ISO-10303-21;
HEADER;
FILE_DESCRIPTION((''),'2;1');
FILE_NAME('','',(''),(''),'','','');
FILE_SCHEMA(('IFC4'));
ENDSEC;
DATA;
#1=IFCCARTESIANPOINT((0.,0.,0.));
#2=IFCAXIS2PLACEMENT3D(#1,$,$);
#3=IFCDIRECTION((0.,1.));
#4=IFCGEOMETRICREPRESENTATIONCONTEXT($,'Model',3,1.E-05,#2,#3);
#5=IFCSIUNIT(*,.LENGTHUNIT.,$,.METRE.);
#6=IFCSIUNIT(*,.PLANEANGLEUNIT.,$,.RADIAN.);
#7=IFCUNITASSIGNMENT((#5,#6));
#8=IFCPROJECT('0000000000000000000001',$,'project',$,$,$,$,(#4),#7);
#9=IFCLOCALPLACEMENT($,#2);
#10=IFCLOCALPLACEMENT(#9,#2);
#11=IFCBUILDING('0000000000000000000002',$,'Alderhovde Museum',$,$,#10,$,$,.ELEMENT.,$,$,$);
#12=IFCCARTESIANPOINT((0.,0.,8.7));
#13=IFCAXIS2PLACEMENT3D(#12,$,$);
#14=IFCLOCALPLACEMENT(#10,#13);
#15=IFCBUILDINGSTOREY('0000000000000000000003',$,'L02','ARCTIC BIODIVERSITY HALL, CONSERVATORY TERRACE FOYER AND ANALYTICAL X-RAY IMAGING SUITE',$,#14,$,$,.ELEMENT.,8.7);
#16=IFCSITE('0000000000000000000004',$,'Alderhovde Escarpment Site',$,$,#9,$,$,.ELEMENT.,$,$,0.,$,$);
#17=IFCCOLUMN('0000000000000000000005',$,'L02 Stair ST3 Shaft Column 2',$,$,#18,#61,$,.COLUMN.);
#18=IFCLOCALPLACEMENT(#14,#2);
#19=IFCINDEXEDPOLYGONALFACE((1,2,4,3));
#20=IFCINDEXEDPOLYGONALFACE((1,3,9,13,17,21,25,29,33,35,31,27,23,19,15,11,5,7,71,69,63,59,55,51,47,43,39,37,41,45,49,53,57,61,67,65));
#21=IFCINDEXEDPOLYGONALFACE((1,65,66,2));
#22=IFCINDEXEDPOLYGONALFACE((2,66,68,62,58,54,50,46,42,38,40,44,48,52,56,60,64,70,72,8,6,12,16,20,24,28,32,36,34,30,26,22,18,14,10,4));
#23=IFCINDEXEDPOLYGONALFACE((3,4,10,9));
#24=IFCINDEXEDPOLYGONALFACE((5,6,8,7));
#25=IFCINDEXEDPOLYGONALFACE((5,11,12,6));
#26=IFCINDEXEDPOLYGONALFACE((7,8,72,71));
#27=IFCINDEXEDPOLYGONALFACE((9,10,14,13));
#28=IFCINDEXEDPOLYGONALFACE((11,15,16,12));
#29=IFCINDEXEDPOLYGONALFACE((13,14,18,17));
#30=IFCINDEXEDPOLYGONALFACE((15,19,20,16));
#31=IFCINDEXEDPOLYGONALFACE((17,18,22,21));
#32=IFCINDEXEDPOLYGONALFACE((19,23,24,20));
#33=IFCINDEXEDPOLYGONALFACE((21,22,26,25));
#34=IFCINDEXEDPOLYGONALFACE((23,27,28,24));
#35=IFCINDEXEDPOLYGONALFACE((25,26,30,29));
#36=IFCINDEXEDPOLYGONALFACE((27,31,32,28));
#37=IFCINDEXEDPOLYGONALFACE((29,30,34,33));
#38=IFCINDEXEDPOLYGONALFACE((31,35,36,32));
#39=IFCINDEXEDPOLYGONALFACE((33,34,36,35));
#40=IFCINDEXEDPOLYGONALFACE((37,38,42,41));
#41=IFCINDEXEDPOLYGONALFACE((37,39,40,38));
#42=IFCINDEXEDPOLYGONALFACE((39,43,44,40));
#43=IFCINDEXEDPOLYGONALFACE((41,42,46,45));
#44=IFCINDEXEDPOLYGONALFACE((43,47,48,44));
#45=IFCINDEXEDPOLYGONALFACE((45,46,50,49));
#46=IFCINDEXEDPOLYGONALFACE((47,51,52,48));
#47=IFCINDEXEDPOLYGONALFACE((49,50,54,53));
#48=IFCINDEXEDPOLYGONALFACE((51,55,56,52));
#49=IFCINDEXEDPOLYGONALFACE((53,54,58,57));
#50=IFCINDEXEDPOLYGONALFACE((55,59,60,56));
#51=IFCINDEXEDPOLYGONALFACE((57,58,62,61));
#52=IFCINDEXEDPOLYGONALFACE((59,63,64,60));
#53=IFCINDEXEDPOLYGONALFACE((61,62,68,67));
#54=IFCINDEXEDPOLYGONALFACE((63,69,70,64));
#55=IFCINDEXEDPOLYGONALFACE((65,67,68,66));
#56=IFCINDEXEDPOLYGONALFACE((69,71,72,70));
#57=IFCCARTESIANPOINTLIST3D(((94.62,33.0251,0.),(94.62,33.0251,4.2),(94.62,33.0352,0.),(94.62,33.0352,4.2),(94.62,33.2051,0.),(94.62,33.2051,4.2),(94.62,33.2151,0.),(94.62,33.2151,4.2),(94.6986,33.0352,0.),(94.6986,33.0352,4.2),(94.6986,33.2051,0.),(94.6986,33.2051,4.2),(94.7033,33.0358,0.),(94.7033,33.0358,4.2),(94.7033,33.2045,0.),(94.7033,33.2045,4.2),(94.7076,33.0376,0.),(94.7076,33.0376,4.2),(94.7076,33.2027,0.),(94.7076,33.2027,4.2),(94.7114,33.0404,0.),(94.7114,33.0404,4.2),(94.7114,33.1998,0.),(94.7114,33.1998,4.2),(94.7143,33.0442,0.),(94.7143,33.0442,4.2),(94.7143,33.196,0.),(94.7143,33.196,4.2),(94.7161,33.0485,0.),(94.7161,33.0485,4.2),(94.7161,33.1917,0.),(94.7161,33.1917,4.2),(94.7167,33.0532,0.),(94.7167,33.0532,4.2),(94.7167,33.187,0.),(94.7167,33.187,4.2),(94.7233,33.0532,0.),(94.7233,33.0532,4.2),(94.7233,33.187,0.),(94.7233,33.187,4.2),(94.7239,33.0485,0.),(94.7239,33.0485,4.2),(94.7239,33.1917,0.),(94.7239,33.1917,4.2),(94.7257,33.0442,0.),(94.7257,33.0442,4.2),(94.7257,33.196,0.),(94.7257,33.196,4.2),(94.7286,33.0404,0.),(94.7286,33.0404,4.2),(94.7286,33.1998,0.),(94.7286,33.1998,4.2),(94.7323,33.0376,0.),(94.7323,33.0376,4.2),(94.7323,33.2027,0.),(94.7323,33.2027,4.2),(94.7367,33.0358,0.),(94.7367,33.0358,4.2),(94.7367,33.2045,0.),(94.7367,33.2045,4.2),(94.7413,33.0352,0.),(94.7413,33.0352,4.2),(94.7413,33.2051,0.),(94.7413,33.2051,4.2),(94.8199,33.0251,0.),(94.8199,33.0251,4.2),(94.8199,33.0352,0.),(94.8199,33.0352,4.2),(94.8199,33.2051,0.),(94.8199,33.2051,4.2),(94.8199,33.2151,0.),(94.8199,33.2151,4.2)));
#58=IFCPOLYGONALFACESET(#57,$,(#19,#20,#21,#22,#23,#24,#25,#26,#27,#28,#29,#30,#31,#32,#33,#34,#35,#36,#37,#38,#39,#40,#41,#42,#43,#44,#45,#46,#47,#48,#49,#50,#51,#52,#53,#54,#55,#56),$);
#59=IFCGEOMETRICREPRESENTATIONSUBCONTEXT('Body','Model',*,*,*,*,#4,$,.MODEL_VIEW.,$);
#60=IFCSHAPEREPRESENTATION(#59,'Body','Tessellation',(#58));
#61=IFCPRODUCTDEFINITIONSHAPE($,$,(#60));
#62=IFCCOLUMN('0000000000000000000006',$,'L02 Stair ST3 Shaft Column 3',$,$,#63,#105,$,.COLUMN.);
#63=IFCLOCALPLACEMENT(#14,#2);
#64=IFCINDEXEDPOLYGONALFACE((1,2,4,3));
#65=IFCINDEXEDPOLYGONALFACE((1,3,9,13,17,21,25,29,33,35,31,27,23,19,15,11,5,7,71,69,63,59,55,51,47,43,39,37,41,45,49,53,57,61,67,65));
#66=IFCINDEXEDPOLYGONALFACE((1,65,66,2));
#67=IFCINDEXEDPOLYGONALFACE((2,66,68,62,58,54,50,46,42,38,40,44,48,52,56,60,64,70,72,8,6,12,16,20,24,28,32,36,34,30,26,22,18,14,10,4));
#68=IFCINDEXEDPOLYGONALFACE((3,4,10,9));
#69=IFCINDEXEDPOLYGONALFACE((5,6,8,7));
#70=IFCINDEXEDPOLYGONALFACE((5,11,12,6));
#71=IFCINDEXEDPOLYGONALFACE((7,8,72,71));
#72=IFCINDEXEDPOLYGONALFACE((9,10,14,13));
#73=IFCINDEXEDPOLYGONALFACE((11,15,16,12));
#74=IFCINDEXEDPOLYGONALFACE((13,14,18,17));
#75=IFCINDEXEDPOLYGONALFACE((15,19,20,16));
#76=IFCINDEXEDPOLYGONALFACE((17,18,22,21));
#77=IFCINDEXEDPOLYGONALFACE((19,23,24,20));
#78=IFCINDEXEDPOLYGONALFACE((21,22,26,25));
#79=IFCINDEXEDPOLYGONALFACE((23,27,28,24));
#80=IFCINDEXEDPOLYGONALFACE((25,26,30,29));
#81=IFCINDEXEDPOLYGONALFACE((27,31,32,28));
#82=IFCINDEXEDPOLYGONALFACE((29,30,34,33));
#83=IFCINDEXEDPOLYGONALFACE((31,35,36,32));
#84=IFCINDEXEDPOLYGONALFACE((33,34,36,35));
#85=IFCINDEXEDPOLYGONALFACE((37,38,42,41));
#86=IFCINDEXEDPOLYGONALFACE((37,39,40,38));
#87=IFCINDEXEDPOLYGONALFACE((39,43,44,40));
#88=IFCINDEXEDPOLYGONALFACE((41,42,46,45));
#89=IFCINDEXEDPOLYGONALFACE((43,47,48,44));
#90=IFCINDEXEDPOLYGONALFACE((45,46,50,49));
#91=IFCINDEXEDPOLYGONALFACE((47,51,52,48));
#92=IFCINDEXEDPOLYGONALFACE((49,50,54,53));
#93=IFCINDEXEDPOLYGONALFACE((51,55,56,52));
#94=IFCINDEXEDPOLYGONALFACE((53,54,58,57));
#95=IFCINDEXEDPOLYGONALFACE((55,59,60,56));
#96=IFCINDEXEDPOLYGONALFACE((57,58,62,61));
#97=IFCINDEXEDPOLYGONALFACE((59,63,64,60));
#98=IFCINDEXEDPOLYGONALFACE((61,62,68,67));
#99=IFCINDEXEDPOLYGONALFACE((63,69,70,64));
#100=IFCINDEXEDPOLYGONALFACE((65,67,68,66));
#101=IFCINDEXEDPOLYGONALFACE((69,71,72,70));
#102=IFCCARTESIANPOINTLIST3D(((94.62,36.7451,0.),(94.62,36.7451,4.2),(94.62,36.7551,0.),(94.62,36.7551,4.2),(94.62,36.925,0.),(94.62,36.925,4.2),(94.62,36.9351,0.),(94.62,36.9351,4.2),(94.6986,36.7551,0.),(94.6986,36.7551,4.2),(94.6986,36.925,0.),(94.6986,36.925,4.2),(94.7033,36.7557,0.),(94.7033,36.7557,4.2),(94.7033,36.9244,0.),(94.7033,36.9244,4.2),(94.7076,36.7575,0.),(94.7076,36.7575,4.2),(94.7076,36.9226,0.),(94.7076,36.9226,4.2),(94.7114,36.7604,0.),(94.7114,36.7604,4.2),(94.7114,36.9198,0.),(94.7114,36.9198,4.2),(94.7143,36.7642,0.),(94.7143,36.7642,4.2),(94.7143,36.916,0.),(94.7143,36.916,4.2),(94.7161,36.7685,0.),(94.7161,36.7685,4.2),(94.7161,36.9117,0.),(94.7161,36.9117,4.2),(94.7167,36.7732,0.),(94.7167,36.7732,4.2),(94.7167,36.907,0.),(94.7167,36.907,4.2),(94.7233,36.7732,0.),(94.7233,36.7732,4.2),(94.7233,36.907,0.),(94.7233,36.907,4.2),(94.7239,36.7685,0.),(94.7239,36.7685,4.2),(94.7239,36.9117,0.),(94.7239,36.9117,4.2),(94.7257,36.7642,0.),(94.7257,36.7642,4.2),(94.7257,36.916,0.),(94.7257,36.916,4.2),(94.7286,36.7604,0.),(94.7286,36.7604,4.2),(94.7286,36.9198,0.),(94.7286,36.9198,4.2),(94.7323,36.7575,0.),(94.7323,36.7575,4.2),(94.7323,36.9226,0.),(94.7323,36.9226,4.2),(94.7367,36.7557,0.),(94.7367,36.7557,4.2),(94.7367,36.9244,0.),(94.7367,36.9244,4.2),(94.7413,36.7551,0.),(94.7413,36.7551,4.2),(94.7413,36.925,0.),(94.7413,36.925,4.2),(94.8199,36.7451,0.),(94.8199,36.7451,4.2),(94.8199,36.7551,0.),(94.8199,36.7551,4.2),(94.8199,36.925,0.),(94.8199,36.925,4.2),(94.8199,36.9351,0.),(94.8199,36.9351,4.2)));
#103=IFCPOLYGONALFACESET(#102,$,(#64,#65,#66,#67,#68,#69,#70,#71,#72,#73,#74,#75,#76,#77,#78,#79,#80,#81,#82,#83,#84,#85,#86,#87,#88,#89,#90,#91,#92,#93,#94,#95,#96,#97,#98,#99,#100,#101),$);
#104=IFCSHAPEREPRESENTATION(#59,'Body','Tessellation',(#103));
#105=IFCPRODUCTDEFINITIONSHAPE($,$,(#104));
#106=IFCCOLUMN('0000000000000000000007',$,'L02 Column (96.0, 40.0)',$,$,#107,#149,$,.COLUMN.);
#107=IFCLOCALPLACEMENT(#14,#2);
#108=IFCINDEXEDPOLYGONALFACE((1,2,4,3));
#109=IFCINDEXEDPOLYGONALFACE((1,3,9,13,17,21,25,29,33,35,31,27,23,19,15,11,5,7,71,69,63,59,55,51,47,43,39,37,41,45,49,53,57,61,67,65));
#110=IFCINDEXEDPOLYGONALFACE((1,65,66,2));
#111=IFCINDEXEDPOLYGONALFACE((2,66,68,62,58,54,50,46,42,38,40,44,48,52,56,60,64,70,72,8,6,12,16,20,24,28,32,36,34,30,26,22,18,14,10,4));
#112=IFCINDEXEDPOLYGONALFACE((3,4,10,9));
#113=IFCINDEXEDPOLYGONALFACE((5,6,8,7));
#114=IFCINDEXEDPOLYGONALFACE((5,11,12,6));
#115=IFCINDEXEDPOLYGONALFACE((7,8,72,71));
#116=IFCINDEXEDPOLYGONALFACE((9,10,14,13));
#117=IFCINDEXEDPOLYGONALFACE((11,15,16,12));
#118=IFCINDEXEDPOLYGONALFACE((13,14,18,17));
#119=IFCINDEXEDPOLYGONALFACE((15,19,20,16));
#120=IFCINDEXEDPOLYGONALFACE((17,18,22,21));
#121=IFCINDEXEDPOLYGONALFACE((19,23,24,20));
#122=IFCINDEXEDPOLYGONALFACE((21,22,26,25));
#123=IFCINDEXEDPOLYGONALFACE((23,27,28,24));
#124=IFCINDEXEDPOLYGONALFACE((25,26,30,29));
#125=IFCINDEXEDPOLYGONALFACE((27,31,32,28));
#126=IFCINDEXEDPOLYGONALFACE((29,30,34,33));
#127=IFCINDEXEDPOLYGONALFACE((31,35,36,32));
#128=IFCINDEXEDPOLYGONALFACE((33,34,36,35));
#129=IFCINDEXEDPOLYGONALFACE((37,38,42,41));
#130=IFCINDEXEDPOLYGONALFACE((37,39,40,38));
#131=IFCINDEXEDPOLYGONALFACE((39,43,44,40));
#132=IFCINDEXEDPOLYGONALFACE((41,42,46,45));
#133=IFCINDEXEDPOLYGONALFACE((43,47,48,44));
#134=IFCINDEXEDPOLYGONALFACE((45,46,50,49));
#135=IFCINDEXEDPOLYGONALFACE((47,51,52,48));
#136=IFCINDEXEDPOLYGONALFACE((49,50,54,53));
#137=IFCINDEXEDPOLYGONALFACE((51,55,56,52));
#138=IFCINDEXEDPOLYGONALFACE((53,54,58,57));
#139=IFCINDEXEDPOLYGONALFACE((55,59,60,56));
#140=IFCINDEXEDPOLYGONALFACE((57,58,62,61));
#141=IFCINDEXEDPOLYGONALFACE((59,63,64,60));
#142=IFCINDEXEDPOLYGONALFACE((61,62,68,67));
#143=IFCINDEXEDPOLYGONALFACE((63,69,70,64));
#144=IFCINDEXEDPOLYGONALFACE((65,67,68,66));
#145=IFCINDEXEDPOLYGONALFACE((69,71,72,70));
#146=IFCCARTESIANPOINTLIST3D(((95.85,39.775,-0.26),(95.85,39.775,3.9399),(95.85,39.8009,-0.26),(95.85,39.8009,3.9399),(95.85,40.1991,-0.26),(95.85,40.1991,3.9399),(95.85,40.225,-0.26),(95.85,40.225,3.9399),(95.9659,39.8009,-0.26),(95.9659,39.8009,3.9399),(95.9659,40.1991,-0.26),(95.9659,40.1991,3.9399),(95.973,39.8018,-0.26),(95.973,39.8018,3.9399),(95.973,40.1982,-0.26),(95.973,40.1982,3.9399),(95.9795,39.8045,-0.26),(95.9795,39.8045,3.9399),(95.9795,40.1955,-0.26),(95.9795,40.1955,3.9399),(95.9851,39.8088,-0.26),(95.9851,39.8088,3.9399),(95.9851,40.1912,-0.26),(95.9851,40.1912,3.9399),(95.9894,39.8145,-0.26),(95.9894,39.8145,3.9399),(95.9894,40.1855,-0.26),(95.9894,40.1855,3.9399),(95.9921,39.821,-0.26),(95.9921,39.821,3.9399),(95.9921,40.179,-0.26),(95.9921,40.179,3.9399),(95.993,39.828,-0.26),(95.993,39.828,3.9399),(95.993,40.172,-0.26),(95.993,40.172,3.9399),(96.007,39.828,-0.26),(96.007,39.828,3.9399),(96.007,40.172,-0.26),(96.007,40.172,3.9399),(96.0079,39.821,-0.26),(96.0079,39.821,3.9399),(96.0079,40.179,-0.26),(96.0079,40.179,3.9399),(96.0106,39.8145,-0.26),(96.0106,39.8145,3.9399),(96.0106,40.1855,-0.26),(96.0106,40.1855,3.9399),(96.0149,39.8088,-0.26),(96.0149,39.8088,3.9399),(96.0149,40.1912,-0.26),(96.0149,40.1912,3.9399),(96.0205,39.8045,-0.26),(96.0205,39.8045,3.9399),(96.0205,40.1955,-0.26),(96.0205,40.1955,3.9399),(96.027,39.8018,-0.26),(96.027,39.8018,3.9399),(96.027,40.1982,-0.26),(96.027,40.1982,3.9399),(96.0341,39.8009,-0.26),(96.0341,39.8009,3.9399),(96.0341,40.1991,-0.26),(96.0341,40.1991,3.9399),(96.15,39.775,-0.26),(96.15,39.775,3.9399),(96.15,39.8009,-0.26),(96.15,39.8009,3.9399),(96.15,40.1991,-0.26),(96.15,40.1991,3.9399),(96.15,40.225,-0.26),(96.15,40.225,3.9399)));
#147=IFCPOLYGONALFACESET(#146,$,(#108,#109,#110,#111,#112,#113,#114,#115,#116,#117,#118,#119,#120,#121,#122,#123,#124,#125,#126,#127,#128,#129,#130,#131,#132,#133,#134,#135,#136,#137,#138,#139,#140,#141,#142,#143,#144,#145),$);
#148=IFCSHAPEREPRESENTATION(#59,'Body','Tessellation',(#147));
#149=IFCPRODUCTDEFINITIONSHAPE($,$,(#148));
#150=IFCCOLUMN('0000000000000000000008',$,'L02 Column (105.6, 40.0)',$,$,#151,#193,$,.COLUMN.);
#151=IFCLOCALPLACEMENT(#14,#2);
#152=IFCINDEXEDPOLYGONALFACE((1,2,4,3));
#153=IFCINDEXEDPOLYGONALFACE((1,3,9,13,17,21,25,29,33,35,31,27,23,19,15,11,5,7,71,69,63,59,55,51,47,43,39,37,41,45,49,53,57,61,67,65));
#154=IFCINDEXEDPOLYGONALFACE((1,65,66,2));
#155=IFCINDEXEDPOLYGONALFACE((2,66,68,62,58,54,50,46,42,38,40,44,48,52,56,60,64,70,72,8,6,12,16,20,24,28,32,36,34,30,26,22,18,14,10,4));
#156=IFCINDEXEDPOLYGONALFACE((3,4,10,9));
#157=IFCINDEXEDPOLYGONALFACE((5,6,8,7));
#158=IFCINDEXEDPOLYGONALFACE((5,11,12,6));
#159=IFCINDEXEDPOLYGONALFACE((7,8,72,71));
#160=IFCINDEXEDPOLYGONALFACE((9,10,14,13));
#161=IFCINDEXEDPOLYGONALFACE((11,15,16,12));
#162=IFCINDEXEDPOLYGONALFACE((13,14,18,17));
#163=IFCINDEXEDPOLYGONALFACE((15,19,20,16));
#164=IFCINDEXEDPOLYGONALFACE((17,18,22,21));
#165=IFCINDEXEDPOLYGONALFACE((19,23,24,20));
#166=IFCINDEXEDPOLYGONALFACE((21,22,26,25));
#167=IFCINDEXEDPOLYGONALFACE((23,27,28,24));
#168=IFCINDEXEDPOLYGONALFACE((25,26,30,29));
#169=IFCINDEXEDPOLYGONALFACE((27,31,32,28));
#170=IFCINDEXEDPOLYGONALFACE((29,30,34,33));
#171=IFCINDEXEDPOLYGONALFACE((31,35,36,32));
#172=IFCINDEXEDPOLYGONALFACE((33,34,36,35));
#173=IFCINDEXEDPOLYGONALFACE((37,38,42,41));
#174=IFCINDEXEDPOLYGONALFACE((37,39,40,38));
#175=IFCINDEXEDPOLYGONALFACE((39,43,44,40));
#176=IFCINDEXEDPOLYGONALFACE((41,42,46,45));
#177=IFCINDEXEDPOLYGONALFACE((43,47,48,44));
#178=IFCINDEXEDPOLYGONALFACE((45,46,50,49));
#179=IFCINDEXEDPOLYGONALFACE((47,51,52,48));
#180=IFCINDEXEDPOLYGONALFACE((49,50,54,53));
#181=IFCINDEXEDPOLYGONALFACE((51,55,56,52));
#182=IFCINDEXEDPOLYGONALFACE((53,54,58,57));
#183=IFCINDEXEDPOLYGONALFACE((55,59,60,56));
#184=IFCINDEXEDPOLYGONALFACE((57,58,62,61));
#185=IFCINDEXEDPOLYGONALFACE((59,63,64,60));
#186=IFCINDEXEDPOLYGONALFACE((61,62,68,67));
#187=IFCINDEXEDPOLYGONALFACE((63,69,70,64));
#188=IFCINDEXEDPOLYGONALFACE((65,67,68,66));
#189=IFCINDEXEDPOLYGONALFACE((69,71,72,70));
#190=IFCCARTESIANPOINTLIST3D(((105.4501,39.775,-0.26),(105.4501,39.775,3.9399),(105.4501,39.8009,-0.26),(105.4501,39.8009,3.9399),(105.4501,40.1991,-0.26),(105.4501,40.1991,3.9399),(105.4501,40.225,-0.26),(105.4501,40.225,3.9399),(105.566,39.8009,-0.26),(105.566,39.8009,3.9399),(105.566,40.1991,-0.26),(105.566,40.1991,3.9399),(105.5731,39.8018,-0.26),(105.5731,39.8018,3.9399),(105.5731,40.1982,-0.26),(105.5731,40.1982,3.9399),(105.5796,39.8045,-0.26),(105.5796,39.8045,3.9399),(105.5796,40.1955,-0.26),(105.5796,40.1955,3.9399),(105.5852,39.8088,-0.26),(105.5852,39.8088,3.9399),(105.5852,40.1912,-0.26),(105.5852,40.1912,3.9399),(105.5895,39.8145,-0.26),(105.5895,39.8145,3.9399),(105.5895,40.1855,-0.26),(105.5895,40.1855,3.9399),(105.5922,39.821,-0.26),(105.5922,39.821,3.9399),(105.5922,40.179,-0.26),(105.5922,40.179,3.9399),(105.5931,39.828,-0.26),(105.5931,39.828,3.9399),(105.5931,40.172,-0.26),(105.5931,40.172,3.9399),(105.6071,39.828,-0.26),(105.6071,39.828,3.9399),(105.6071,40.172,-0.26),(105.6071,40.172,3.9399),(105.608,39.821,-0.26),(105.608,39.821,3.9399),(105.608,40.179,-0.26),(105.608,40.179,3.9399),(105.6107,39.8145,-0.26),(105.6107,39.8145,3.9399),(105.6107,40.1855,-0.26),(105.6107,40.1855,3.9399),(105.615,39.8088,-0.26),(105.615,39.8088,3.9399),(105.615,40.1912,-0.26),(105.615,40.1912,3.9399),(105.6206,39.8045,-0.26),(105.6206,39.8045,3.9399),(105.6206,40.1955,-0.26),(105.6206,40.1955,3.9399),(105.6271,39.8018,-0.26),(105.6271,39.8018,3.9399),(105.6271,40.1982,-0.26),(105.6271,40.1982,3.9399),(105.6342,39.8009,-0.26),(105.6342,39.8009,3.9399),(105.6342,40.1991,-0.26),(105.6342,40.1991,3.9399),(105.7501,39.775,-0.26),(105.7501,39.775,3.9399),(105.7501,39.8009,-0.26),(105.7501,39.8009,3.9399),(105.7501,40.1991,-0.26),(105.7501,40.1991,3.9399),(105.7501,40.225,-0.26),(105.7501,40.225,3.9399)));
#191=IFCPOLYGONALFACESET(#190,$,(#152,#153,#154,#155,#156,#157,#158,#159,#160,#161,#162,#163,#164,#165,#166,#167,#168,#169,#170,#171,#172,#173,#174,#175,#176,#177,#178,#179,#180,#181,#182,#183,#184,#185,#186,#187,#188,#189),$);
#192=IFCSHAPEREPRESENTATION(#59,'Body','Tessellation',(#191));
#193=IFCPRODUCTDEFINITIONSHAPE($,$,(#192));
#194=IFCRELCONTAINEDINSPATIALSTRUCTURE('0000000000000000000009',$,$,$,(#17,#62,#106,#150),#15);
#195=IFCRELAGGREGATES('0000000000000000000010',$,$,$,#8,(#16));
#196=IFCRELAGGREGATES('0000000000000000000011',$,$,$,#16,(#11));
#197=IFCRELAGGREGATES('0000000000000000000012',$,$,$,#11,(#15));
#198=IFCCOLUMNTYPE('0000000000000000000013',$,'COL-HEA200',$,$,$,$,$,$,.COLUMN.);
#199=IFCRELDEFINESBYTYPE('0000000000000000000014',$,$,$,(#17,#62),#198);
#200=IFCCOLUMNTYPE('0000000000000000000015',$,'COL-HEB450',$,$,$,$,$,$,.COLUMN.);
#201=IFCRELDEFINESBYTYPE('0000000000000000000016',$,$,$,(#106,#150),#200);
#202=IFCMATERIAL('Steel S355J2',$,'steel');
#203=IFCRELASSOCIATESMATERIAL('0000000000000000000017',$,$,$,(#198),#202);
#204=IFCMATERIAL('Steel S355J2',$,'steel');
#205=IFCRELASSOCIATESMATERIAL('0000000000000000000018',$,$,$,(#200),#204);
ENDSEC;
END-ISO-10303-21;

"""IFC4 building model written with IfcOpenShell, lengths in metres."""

from ifc_helpers import new_model, si_unit, direction, frame, origin, origin_2d, place, context, subcontext, project, spatial, i_section, extrude, material, material_profile, profile_set, type_object, element, save


model = new_model("IFC4")

# Units and contexts
model_context = context("Model", 3, precision=1e-05, world=origin(), true_north=direction((0.0, 1.0)))
body_context = subcontext(model_context, "Body", "Model", "MODEL_VIEW")
ifc_project = project(units=[si_unit("LENGTHUNIT", "METRE"), si_unit("PLANEANGLEUNIT", "RADIAN")], contexts=[model_context])

# Site, building, storey
site_placement = place(None, origin())
site = spatial("IfcSite", under=ifc_project, at=site_placement, Name="Alderhovde Escarpment Site", CompositionType="ELEMENT", RefElevation=0.0)
building_placement = place(site_placement, origin())
building = spatial("IfcBuilding", under=site, at=building_placement, Name="Alderhovde Museum", CompositionType="ELEMENT")
storey_placement = place(building_placement, frame((0.0, 0.0, 8.7)))
storey = spatial("IfcBuildingStorey", under=building, at=storey_placement, Name="L02", Description="ARCTIC BIODIVERSITY HALL, CONSERVATORY TERRACE FOYER AND ANALYTICAL X-RAY IMAGING SUITE", CompositionType="ELEMENT", Elevation=8.7)

# Columns
ifc_material_1 = material(Name="Steel S355J2", Category="steel")
ifc_material_profile_1 = material_profile(ifc_material_1, i_section(OverallWidth=0.2, OverallDepth=0.1899, WebThickness=0.0066, FlangeThickness=0.01, FilletRadius=0.0181, at=origin_2d()), Name="HEA 200")
ifc_profile_set_1 = profile_set([ifc_material_profile_1], Name="Steel S355J2")
column_type_1 = type_object("IfcColumnType", Name="COL-HEA200", PredefinedType="COLUMN", material=ifc_profile_set_1)
for number, where, z_axis, x_axis, name in (
    (1, (94.72, 33.1201, 0.0), (0.0, 0.0, 1.0), (1.0, 0.0, 0.0), "L02 Stair ST3 Shaft Column 2"),
    (2, (94.72, 36.8401, 0.0), (0.0, 0.0, 1.0), (1.0, 0.0, 0.0), "L02 Stair ST3 Shaft Column 3"),
):
    element("IfcColumn", number, at=place(storey_placement, frame(where, z_axis=z_axis, x_axis=x_axis)), inside=storey, type_object=column_type_1, Name=name, PredefinedType="COLUMN", context=body_context, shape_type="SweptSolid", body=[
        extrude(i_section(OverallWidth=0.2, OverallDepth=0.1899, WebThickness=0.0066, FlangeThickness=0.01, FilletRadius=0.0181, at=origin_2d()), origin(), (0.0, 0.0, 1.0), 4.2),
    ])
ifc_material_2 = material(Name="Steel S355J2", Category="steel")
ifc_material_profile_2 = material_profile(ifc_material_2, i_section(OverallWidth=0.3, OverallDepth=0.45, WebThickness=0.0139, FlangeThickness=0.0259, FilletRadius=0.0271, at=origin_2d()), Name="HEB 450")
ifc_profile_set_2 = profile_set([ifc_material_profile_2], Name="Steel S355J2")
column_type_2 = type_object("IfcColumnType", Name="COL-HEB450", PredefinedType="COLUMN", material=ifc_profile_set_2)
for number, where, z_axis, x_axis, name in (
    (3, (96.0, 40.0, -0.26), (0.0, 0.0, 1.0), (1.0, 0.0, 0.0), "L02 Column (96.0, 40.0)"),
    (4, (105.6001, 40.0, -0.26), (0.0, 0.0, 1.0), (1.0, 0.0, 0.0), "L02 Column (105.6, 40.0)"),
):
    element("IfcColumn", number, at=place(storey_placement, frame(where, z_axis=z_axis, x_axis=x_axis)), inside=storey, type_object=column_type_2, Name=name, PredefinedType="COLUMN", context=body_context, shape_type="SweptSolid", body=[
        extrude(i_section(OverallWidth=0.3, OverallDepth=0.45, WebThickness=0.0139, FlangeThickness=0.0259, FilletRadius=0.0271, at=origin_2d()), origin(), (0.0, 0.0, 1.0), 4.2),
    ])

save(model, "model.ifc")
